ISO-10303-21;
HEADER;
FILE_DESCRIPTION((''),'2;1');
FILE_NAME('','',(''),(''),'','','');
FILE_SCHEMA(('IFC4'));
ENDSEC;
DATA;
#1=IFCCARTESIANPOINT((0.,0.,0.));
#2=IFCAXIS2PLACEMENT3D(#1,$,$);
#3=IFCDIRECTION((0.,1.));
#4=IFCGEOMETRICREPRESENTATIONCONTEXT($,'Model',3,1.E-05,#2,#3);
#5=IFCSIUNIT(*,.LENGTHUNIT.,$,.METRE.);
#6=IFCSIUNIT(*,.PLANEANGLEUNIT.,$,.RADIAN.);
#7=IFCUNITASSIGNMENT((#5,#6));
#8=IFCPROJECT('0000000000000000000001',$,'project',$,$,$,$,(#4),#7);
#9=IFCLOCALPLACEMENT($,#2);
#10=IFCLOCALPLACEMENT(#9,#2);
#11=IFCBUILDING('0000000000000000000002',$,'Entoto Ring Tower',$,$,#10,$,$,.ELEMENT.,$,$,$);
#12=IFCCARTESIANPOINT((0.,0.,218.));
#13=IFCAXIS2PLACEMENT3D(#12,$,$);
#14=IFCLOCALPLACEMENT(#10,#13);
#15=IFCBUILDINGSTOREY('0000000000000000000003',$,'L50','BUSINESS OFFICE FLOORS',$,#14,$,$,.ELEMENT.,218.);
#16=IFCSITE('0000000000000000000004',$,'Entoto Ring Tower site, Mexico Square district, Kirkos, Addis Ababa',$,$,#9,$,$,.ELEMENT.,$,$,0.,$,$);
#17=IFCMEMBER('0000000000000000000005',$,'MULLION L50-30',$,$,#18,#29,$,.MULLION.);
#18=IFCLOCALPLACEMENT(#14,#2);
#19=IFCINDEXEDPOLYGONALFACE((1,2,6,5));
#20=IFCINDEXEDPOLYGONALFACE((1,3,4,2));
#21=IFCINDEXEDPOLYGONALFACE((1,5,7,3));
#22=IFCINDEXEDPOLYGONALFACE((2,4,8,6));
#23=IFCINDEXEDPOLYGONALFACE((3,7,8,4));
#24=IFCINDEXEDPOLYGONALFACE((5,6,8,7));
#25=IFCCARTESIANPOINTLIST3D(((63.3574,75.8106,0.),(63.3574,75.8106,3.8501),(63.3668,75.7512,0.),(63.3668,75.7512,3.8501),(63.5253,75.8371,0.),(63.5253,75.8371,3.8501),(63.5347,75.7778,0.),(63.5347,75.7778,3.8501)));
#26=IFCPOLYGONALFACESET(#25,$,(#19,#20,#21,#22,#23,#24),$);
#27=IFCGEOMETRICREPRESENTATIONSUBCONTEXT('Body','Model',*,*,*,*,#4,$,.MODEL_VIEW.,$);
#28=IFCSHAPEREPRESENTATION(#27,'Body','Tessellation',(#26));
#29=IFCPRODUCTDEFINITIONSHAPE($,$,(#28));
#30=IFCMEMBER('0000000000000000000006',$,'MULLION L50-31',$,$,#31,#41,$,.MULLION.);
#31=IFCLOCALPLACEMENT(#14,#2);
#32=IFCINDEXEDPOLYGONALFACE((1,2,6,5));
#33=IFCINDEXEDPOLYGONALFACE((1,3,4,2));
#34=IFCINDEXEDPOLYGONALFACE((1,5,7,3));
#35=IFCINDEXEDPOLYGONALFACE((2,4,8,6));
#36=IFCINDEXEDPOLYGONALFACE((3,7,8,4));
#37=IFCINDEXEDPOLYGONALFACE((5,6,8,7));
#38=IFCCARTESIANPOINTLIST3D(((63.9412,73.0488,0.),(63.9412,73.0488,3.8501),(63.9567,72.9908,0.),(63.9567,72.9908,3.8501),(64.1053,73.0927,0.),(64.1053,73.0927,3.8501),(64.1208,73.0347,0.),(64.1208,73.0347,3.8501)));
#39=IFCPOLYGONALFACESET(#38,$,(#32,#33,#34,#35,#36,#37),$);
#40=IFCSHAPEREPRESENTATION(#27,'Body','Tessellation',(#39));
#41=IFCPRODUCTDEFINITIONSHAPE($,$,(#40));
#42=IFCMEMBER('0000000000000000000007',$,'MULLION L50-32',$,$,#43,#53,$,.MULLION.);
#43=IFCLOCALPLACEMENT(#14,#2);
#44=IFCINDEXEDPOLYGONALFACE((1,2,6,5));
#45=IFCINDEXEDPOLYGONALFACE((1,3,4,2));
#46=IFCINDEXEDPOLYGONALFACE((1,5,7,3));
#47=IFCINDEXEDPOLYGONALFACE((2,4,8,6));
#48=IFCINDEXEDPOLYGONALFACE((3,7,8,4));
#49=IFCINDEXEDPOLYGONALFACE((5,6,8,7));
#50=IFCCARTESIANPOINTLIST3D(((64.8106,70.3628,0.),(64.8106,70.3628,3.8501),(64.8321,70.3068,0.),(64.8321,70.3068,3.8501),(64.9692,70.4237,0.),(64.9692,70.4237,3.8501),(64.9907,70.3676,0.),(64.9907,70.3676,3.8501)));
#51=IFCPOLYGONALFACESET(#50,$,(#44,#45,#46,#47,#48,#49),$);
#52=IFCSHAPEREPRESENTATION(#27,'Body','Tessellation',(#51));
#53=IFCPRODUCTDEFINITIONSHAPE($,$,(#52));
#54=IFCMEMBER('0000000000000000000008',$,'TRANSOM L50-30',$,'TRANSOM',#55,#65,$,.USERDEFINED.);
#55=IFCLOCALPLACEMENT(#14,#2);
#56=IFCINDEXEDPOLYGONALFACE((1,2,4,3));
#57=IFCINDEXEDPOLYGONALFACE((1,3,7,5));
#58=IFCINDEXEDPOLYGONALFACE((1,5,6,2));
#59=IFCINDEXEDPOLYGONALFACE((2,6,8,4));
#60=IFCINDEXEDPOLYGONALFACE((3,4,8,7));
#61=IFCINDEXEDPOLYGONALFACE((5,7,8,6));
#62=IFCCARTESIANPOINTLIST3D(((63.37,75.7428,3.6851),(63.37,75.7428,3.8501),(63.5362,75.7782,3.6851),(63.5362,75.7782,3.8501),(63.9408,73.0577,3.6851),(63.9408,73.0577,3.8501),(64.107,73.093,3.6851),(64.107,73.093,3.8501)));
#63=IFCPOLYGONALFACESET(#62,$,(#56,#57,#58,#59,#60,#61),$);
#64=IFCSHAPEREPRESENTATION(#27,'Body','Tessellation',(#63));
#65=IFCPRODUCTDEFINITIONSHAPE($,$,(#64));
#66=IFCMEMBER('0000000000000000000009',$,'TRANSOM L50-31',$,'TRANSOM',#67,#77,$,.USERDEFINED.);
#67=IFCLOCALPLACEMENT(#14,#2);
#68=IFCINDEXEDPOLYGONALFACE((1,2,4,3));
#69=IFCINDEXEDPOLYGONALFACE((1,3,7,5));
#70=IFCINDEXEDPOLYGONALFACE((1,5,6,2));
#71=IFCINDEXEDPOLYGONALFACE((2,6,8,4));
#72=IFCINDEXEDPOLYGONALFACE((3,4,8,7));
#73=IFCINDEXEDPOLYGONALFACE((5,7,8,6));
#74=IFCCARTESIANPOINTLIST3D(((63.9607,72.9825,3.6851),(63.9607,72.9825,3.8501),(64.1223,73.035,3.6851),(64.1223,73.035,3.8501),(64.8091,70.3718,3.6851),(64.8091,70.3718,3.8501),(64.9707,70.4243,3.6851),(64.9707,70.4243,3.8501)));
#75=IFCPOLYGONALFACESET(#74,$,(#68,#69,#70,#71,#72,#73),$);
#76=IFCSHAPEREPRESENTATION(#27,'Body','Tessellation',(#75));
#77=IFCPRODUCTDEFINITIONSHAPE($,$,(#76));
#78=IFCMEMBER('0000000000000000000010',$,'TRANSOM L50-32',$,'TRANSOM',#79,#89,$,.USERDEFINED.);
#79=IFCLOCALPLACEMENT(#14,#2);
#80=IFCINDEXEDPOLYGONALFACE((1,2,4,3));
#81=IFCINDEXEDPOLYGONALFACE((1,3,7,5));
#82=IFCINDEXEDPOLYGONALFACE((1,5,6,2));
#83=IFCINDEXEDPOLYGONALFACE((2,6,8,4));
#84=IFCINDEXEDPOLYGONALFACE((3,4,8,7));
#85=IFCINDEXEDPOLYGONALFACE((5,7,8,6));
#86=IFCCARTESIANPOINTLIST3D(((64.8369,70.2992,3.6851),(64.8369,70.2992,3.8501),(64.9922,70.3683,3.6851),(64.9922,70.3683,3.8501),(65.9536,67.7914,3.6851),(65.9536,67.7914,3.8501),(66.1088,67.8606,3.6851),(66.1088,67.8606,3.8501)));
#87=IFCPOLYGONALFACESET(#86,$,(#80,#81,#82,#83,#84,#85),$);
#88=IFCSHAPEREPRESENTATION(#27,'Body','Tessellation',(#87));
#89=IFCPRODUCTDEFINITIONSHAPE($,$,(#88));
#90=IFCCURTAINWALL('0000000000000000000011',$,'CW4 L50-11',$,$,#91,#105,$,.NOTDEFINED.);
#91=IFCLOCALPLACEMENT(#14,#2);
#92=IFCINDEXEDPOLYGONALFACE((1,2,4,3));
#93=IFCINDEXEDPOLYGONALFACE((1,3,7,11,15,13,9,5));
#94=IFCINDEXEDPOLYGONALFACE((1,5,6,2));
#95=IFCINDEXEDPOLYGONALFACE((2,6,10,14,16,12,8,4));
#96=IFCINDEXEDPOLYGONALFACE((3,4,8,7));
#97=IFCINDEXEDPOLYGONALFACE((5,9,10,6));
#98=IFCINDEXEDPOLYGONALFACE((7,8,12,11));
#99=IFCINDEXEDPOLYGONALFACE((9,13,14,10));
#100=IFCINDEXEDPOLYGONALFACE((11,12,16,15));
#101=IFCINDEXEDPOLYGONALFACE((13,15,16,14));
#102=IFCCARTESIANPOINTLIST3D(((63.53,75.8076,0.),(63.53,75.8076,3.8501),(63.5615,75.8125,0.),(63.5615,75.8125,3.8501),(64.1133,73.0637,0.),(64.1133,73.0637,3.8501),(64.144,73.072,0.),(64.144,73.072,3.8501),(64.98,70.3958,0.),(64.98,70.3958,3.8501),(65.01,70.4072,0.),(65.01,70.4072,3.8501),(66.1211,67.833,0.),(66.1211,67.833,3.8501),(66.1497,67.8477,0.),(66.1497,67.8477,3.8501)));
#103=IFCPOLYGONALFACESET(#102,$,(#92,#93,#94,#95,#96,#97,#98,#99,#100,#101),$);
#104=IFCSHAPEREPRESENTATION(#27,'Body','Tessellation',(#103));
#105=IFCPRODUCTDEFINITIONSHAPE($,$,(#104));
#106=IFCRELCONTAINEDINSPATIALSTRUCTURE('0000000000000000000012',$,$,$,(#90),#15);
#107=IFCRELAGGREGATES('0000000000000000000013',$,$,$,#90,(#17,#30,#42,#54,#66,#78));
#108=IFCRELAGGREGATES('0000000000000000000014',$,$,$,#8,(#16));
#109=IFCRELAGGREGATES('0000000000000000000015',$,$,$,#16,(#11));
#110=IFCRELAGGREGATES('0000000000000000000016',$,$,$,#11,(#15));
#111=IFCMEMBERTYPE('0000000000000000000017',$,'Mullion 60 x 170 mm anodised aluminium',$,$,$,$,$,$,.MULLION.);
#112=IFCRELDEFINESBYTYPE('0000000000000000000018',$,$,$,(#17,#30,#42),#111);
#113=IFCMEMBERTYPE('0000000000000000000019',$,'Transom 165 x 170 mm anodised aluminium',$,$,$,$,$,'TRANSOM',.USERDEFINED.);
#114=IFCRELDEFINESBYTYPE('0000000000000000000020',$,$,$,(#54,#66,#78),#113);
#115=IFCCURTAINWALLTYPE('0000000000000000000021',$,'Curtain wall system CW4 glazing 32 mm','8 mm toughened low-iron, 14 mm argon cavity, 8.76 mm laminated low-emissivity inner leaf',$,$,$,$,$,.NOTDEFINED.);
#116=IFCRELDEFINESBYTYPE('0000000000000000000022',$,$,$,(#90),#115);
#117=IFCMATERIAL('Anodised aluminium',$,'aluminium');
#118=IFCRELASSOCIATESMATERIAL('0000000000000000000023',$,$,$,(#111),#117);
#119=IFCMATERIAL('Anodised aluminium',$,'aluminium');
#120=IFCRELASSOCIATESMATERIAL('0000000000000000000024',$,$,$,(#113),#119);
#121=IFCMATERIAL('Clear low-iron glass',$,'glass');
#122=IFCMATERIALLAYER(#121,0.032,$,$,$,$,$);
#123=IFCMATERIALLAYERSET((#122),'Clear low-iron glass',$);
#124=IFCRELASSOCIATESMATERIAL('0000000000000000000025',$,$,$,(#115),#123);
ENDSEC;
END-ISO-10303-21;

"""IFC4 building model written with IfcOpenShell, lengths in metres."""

from ifc_helpers import new_model, si_unit, direction, frame, origin, origin_2d, place, context, subcontext, project, spatial, polyline, rectangle, outline, extrude, material, layer, layer_set, material_profile, profile_set, type_object, element, aggregate, save


model = new_model("IFC4")

# Units and contexts
model_context = context("Model", 3, precision=1e-05, world=origin(), true_north=direction((0.0, 1.0)))
body_context = subcontext(model_context, "Body", "Model", "MODEL_VIEW")
ifc_project = project(units=[si_unit("LENGTHUNIT", "METRE"), si_unit("PLANEANGLEUNIT", "RADIAN")], contexts=[model_context])

# Members
ifc_material_1 = material(Name="Anodised aluminium", Category="aluminium")
ifc_material_profile_1 = material_profile(ifc_material_1, rectangle(XDim=0.0601, YDim=0.1699, at=origin_2d()), Name="Mullion 60 x 170 mm anodised aluminium")
ifc_profile_set_1 = profile_set([ifc_material_profile_1], Name="Anodised aluminium")
member_type_1 = type_object("IfcMemberType", Name="Mullion 60 x 170 mm anodised aluminium", PredefinedType="MULLION", material=ifc_profile_set_1)
site_placement = place(None, origin())
building_placement = place(site_placement, origin())
storey_placement = place(building_placement, frame((0.0, 0.0, 218.0)))
member_1_placement = place(storey_placement, frame((63.446, 75.7942, 0.0), z_axis=(0.0, 0.0, 1.0), x_axis=(0.156434, -0.987688, 0.0)))
member_1 = element("IfcMember", 1, at=member_1_placement, type_object=member_type_1, Name="MULLION L50-30", PredefinedType="MULLION", context=body_context, shape_type="SweptSolid", body=[
    extrude(rectangle(XDim=0.0601, YDim=0.1699, at=origin_2d()), origin(), (0.0, 0.0, 1.0), 3.8501),
])
member_2_placement = place(storey_placement, frame((64.031, 73.0417, 0.0), z_axis=(0.0, 0.0, 1.0), x_axis=(0.258819, -0.965926, 0.0)))
member_2 = element("IfcMember", 2, at=member_2_placement, type_object=member_type_1, Name="MULLION L50-31", PredefinedType="MULLION", context=body_context, shape_type="SweptSolid", body=[
    extrude(rectangle(XDim=0.0601, YDim=0.1699, at=origin_2d()), origin(), (0.0, 0.0, 1.0), 3.8501),
])
member_3_placement = place(storey_placement, frame((64.9006, 70.3652, 0.0), z_axis=(0.0, 0.0, 1.0), x_axis=(0.358368, -0.93358, 0.0)))
member_3 = element("IfcMember", 3, at=member_3_placement, type_object=member_type_1, Name="MULLION L50-32", PredefinedType="MULLION", context=body_context, shape_type="SweptSolid", body=[
    extrude(rectangle(XDim=0.0601, YDim=0.1699, at=origin_2d()), origin(), (0.0, 0.0, 1.0), 3.8501),
])
ifc_material_2 = material(Name="Anodised aluminium", Category="aluminium")
ifc_material_profile_2 = material_profile(ifc_material_2, rectangle(XDim=0.1699, YDim=0.165, at=origin_2d()), Name="Transom 165 x 170 mm anodised aluminium")
ifc_profile_set_2 = profile_set([ifc_material_profile_2], Name="Anodised aluminium")
member_type_2 = type_object("IfcMemberType", Name="Transom 165 x 170 mm anodised aluminium", ElementType="TRANSOM", PredefinedType="USERDEFINED", material=ifc_profile_set_2)
member_4_placement = place(storey_placement, frame((63.4531, 75.7605, 3.7676), z_axis=(0.207937, -0.978142, 0.0), x_axis=(0.978142, 0.207937, 0.0)))
member_4 = element("IfcMember", 4, at=member_4_placement, type_object=member_type_2, Name="TRANSOM L50-30", ObjectType="TRANSOM", PredefinedType="USERDEFINED", context=body_context, shape_type="SweptSolid", body=[
    extrude(rectangle(XDim=0.1699, YDim=0.165, at=origin_2d()), origin(), (0.0, 0.0, 1.0), 2.7451),
])
member_5_placement = place(storey_placement, frame((64.0415, 73.0088, 3.7676), z_axis=(0.309042, -0.951048, 0.0), x_axis=(0.951048, 0.309042, 0.0)))
member_5 = element("IfcMember", 5, at=member_5_placement, type_object=member_type_2, Name="TRANSOM L50-31", ObjectType="TRANSOM", PredefinedType="USERDEFINED", context=body_context, shape_type="SweptSolid", body=[
    extrude(rectangle(XDim=0.1699, YDim=0.165, at=origin_2d()), origin(), (0.0, 0.0, 1.0), 2.7451),
])
member_6_placement = place(storey_placement, frame((64.9146, 70.3337, 3.7676), z_axis=(0.406782, -0.913525, 0.0), x_axis=(0.913525, 0.406782, 0.0)))
member_6 = element("IfcMember", 6, at=member_6_placement, type_object=member_type_2, Name="TRANSOM L50-32", ObjectType="TRANSOM", PredefinedType="USERDEFINED", context=body_context, shape_type="SweptSolid", body=[
    extrude(rectangle(XDim=0.1699, YDim=0.165, at=origin_2d()), origin(), (0.0, 0.0, 1.0), 2.7451),
])

# Site, building, storey
site = spatial("IfcSite", under=ifc_project, at=site_placement, Name="Entoto Ring Tower site, Mexico Square district, Kirkos, Addis Ababa", CompositionType="ELEMENT", RefElevation=0.0)
building = spatial("IfcBuilding", under=site, at=building_placement, Name="Entoto Ring Tower", CompositionType="ELEMENT")
storey = spatial("IfcBuildingStorey", under=building, at=storey_placement, Name="L50", Description="BUSINESS OFFICE FLOORS", CompositionType="ELEMENT", Elevation=218.0)

# Curtain wall
ifc_material_3 = material(Name="Clear low-iron glass", Category="glass")
ifc_layer = layer(ifc_material_3, 0.032)
ifc_layer_set = layer_set([ifc_layer], Name="Clear low-iron glass")
curtain_wall_type = type_object("IfcCurtainWallType", Name="Curtain wall system CW4 glazing 32 mm", Description="8 mm toughened low-iron, 14 mm argon cavity, 8.76 mm laminated low-emissivity inner leaf", PredefinedType="NOTDEFINED", material=ifc_layer_set)
curtain_wall_1_placement = place(storey_placement, origin())
curtain_wall_1 = element("IfcCurtainWall", 7, at=curtain_wall_1_placement, inside=storey, type_object=curtain_wall_type, Name="CW4 L50-11", PredefinedType="NOTDEFINED", context=body_context, shape_type="SweptSolid", body=[
    extrude(outline(polyline([(63.53, 75.8076), (64.1133, 73.0637), (64.98, 70.3958), (66.1211, 67.833), (66.1497, 67.8477), (65.01, 70.4072), (64.144, 73.072), (63.5615, 75.8125), (63.53, 75.8076)])), origin(), (0.0, 0.0, 1.0), 3.8501),
])
aggregate(curtain_wall_1, [member_1, member_2, member_3, member_4, member_5, member_6])

save(model, "model.ifc")
